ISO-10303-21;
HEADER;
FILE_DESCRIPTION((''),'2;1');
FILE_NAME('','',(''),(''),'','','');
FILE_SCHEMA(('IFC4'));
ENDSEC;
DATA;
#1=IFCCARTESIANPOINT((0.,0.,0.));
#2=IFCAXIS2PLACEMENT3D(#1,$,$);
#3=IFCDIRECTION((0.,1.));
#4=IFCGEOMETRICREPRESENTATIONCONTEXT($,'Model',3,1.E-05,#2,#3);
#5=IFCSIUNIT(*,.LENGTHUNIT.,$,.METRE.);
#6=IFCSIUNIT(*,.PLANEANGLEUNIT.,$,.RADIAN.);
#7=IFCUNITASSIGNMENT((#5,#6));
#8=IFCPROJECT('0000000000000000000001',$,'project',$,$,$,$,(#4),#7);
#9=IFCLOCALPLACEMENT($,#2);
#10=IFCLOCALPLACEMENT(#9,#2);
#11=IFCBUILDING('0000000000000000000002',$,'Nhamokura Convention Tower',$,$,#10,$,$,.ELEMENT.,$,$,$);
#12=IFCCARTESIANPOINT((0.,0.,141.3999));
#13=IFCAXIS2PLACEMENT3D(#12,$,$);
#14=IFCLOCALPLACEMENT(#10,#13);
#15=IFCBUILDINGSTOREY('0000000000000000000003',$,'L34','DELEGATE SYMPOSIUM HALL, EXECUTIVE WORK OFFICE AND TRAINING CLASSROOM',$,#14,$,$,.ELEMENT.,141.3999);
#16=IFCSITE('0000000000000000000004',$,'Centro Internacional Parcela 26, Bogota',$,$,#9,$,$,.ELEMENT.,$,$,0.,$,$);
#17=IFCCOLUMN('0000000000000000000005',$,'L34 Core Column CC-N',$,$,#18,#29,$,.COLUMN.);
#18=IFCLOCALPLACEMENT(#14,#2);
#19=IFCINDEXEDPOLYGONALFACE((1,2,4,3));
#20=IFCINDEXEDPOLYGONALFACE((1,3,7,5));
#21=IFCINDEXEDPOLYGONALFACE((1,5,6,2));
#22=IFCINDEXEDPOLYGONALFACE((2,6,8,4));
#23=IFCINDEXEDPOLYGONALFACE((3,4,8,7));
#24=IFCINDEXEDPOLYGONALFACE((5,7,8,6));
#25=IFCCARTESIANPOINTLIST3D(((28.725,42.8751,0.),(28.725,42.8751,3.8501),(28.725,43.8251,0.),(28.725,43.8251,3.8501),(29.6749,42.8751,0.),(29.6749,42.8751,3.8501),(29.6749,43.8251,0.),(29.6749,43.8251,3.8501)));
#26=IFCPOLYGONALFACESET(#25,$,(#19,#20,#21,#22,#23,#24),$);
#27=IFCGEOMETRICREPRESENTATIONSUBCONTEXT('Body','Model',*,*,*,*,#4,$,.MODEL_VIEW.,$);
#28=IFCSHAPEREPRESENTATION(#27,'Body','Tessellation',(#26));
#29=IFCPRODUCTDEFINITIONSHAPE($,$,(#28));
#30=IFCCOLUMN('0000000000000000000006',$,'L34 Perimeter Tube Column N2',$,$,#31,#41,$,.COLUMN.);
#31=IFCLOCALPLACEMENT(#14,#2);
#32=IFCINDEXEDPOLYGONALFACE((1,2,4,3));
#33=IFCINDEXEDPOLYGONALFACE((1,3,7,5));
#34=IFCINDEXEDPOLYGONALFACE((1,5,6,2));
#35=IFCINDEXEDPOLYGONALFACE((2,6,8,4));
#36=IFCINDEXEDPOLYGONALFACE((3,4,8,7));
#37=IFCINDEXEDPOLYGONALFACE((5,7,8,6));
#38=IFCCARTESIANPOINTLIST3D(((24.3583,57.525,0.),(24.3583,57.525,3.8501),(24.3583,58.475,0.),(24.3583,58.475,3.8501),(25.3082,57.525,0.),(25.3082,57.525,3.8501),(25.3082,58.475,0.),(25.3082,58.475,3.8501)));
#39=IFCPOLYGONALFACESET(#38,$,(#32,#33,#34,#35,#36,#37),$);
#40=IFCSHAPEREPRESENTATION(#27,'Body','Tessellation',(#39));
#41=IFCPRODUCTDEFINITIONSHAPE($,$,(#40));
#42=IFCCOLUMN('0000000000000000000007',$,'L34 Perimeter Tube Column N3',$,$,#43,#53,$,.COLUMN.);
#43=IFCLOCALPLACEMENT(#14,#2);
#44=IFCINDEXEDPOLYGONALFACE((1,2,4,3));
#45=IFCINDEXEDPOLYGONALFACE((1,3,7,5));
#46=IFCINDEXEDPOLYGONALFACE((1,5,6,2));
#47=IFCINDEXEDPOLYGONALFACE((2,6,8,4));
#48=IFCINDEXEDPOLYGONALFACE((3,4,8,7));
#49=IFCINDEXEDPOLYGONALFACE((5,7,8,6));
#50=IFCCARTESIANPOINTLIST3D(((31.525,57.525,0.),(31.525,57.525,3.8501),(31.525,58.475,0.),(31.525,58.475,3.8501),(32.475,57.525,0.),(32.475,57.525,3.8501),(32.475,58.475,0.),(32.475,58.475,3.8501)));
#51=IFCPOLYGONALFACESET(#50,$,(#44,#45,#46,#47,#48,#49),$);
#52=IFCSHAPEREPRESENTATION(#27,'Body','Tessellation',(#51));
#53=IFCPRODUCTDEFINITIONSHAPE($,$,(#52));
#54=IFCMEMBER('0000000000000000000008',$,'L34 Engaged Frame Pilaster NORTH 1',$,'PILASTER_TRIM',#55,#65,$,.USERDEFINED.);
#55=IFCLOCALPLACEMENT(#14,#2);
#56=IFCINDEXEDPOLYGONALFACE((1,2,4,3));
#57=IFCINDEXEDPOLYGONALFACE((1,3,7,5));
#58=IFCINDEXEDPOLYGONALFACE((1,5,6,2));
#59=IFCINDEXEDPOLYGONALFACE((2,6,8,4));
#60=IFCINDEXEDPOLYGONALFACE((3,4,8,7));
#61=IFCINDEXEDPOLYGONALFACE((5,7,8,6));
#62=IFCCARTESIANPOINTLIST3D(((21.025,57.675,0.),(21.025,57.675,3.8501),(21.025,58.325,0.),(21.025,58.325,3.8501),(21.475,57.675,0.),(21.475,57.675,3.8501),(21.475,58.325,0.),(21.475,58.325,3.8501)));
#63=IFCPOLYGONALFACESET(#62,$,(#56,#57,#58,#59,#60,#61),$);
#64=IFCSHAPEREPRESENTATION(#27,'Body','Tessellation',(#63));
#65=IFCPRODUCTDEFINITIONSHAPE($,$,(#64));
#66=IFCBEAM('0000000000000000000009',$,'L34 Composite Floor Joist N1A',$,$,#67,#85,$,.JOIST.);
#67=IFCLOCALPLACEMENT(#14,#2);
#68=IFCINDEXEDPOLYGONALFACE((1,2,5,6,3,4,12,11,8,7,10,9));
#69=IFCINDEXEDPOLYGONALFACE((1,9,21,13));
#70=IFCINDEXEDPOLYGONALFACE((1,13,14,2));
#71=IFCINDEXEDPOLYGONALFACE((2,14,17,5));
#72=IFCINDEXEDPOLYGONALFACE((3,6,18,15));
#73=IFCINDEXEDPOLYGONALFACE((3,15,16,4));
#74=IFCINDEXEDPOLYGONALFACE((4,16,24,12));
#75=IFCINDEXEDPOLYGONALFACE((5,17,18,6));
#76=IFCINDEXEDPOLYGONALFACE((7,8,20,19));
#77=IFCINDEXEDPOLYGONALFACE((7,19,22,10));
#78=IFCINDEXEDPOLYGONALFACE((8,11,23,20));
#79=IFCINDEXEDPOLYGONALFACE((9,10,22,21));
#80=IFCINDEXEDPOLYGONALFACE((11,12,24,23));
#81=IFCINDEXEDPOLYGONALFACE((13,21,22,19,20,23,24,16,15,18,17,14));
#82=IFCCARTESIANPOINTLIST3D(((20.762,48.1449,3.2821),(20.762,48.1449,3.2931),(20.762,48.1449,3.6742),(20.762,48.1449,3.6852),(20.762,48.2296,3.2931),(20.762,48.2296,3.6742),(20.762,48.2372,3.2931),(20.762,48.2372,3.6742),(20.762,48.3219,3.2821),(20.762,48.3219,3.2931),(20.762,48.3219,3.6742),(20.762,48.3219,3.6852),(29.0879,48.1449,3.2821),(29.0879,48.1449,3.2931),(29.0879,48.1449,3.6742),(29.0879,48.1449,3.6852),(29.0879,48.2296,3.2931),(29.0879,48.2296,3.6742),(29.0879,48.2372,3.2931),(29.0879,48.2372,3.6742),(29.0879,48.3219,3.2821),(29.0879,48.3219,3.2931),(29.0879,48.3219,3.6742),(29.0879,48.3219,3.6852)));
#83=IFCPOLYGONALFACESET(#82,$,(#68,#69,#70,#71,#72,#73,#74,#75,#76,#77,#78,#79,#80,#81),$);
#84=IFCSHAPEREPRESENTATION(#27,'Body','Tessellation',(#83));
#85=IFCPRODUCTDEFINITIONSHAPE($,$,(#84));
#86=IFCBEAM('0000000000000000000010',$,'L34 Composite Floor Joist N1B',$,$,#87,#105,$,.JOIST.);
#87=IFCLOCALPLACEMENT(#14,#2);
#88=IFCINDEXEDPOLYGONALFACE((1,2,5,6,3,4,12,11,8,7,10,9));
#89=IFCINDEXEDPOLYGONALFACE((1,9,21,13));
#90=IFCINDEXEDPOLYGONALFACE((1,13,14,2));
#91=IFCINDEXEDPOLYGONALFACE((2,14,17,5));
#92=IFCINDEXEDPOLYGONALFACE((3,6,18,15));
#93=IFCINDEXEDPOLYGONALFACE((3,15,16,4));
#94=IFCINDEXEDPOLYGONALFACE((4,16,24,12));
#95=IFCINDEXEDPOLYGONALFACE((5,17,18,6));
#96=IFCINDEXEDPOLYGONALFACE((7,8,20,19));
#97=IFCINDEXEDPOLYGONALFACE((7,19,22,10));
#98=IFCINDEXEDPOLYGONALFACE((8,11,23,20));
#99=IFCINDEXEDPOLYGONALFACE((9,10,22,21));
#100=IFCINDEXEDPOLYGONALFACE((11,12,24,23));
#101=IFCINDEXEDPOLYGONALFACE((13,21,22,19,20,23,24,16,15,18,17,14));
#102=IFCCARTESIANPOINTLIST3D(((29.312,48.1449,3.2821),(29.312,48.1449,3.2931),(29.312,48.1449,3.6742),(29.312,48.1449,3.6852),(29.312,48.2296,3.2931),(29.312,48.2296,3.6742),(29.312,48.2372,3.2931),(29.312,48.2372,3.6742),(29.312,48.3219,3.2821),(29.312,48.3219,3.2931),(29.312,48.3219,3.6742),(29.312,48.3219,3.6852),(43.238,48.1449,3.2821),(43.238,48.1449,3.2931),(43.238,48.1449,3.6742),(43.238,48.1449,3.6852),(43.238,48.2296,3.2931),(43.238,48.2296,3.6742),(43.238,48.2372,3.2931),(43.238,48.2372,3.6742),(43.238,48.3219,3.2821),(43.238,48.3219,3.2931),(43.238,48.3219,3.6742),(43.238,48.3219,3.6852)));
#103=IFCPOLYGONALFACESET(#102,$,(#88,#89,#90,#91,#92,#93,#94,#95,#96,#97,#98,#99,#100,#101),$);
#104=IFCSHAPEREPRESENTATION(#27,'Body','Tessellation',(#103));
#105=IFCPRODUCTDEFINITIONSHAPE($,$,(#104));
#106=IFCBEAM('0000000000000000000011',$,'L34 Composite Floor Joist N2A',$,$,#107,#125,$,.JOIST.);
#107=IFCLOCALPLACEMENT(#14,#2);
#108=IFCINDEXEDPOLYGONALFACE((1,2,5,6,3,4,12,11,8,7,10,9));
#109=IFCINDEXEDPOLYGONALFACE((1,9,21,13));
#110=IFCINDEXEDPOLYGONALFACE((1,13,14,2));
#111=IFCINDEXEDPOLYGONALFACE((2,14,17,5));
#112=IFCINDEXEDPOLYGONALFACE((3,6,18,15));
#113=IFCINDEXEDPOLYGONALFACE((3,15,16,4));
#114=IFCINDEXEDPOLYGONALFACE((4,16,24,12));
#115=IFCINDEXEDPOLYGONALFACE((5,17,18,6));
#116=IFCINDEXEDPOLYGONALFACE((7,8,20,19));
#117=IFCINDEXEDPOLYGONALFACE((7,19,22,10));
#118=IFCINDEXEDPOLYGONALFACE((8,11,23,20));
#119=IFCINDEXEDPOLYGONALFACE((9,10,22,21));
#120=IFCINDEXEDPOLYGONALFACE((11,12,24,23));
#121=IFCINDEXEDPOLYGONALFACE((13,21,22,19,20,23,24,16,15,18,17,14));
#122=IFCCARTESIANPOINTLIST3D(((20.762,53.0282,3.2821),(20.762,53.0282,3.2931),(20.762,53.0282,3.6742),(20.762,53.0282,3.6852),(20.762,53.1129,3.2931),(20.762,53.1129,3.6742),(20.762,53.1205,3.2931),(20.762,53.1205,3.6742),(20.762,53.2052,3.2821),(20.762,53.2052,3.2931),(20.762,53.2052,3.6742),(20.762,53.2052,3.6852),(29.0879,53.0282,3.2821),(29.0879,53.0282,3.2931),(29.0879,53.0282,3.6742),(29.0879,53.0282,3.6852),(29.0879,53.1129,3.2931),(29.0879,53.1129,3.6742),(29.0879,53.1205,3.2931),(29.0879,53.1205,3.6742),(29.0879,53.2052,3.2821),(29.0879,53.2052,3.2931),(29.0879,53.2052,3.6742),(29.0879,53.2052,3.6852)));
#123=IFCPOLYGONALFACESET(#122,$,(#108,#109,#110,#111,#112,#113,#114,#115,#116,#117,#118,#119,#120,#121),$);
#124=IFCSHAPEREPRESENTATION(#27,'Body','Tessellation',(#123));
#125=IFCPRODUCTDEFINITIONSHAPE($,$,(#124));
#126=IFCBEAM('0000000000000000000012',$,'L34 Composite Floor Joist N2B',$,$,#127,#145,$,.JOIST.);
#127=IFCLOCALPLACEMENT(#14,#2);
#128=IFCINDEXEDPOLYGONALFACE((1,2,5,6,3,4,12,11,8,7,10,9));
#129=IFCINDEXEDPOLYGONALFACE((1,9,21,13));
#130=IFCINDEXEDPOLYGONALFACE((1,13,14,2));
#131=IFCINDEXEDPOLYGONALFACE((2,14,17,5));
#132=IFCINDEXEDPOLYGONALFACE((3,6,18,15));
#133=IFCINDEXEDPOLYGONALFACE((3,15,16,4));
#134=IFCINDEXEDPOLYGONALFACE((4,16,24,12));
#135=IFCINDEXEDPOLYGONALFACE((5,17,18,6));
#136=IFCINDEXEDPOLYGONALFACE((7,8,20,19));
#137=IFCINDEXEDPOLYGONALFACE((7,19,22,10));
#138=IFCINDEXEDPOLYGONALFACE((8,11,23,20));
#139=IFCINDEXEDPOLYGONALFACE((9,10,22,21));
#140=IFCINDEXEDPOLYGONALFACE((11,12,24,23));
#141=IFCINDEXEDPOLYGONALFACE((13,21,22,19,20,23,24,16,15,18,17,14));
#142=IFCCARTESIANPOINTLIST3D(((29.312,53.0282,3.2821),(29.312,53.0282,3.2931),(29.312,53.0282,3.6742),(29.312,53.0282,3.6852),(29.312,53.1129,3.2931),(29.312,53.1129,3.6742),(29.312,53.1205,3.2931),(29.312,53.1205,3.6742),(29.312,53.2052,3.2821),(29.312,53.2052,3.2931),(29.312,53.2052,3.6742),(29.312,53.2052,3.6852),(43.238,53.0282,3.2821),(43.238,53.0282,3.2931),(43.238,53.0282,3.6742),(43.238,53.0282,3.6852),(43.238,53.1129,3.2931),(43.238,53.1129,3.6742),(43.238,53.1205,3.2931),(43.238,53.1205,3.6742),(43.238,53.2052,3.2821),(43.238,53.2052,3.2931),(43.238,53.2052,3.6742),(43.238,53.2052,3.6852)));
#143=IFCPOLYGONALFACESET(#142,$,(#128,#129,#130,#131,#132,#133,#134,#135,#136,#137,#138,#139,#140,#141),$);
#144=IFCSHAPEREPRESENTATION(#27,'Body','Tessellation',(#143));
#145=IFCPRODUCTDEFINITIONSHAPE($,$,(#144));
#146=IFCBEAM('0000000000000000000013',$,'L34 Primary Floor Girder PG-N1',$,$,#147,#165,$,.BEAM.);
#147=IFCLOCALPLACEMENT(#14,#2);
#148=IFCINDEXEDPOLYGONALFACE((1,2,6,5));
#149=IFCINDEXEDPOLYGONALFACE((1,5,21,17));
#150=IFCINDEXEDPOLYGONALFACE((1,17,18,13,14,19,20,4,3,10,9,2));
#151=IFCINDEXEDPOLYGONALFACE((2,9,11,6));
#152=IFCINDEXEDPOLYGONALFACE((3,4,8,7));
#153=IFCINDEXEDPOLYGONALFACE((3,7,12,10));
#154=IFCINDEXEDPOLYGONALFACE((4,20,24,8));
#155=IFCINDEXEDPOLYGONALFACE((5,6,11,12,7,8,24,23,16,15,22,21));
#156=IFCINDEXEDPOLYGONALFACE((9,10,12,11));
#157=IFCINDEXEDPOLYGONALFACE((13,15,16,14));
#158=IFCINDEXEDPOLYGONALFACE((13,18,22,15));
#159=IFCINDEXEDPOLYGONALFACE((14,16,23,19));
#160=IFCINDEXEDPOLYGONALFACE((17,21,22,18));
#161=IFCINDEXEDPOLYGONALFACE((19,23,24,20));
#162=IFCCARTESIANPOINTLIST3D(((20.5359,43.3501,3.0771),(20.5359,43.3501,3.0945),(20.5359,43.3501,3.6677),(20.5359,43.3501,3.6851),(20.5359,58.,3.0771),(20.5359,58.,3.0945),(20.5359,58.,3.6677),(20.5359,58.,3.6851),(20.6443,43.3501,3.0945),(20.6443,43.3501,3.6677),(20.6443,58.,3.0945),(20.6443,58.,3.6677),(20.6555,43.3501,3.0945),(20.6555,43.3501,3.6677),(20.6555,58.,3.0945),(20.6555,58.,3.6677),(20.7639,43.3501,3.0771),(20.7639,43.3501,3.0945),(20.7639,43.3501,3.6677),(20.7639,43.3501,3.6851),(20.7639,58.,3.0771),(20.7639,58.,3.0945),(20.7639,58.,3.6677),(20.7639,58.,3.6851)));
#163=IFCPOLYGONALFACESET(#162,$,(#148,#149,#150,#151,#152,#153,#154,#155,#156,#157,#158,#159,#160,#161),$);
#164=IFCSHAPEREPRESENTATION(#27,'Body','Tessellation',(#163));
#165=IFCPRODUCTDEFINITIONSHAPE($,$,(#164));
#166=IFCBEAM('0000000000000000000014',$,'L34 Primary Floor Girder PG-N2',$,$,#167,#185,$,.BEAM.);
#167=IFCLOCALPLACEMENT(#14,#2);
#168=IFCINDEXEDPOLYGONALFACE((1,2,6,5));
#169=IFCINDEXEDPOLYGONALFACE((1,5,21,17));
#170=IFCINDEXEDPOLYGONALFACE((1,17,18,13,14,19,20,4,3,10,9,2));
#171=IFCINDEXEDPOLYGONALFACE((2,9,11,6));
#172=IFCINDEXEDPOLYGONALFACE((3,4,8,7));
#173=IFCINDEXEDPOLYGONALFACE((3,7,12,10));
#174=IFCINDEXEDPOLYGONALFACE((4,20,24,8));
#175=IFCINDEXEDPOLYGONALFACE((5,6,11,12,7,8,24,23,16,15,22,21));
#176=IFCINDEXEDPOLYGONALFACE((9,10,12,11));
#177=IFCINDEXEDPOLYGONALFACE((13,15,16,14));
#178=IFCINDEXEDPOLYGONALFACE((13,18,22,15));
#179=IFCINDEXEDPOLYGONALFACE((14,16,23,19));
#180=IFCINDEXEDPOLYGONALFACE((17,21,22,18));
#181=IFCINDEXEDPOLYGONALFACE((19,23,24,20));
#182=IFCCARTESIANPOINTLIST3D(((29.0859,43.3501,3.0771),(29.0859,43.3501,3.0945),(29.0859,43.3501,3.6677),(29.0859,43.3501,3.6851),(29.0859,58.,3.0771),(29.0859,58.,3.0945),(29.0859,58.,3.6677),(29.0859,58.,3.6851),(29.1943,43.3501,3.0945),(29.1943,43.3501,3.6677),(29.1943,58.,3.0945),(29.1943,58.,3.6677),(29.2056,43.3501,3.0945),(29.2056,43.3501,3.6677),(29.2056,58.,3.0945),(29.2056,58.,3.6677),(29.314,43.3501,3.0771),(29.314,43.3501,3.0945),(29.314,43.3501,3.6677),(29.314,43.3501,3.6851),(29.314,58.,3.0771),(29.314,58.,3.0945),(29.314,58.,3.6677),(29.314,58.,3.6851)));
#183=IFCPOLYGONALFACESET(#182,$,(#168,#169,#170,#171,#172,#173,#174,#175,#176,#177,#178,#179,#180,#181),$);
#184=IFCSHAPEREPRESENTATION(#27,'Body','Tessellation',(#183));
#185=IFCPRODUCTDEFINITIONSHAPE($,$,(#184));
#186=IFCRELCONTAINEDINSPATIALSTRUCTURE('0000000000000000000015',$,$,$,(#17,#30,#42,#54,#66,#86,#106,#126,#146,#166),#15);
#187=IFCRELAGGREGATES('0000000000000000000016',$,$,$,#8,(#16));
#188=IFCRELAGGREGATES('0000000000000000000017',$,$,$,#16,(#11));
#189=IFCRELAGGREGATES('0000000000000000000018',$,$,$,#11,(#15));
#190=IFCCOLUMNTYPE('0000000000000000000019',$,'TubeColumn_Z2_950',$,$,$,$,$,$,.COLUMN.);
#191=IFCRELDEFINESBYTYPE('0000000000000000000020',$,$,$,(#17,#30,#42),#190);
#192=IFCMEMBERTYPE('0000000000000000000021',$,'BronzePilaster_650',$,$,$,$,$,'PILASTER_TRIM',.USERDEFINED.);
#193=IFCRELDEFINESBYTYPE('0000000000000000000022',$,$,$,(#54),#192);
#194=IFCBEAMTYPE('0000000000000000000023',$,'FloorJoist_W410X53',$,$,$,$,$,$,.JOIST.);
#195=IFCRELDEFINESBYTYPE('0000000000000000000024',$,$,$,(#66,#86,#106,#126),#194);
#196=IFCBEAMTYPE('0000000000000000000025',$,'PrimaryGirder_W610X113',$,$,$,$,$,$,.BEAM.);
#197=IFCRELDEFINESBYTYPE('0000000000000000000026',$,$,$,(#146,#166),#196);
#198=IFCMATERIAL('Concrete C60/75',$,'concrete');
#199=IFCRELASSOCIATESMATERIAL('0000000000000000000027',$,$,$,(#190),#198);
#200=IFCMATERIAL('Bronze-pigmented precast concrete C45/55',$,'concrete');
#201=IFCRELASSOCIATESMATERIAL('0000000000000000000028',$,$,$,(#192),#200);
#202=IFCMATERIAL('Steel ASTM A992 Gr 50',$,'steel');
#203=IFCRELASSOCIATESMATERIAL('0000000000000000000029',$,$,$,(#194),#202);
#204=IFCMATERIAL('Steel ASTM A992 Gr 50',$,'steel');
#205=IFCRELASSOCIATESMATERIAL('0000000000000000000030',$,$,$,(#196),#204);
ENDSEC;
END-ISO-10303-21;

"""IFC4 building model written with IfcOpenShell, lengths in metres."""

from ifc_helpers import new_model, si_unit, direction, frame, origin, origin_2d, place, context, subcontext, project, spatial, rectangle, i_section, extrude, material, material_profile, profile_set, type_object, element, save


model = new_model("IFC4")

# Units and contexts
model_context = context("Model", 3, precision=1e-05, world=origin(), true_north=direction((0.0, 1.0)))
body_context = subcontext(model_context, "Body", "Model", "MODEL_VIEW")
ifc_project = project(units=[si_unit("LENGTHUNIT", "METRE"), si_unit("PLANEANGLEUNIT", "RADIAN")], contexts=[model_context])

# Site, building, storey
site_placement = place(None, origin())
site = spatial("IfcSite", under=ifc_project, at=site_placement, Name="Centro Internacional Parcela 26, Bogota", CompositionType="ELEMENT", RefElevation=0.0)
building_placement = place(site_placement, origin())
building = spatial("IfcBuilding", under=site, at=building_placement, Name="Nhamokura Convention Tower", CompositionType="ELEMENT")
storey_placement = place(building_placement, frame((0.0, 0.0, 141.3999)))
storey = spatial("IfcBuildingStorey", under=building, at=storey_placement, Name="L34", Description="DELEGATE SYMPOSIUM HALL, EXECUTIVE WORK OFFICE AND TRAINING CLASSROOM", CompositionType="ELEMENT", Elevation=141.3999)

# Columns
ifc_material_1 = material(Name="Concrete C60/75", Category="concrete")
ifc_material_profile_1 = material_profile(ifc_material_1, rectangle(XDim=0.95, YDim=0.95, at=origin_2d()))
ifc_profile_set_1 = profile_set([ifc_material_profile_1], Name="Concrete C60/75")
column_type = type_object("IfcColumnType", Name="TubeColumn_Z2_950", PredefinedType="COLUMN", material=ifc_profile_set_1)
for number, where, z_axis, x_axis, name in (
    (1, (29.2, 43.3501, 0.0), (0.0, 0.0, 1.0), (1.0, 0.0, 0.0), "L34 Core Column CC-N"),
    (2, (24.8333, 58.0, 0.0), (0.0, 0.0, 1.0), (1.0, 0.0, 0.0), "L34 Perimeter Tube Column N2"),
    (3, (32.0, 58.0, 0.0), (0.0, 0.0, 1.0), (1.0, 0.0, 0.0), "L34 Perimeter Tube Column N3"),
):
    element("IfcColumn", number, at=place(storey_placement, frame(where, z_axis=z_axis, x_axis=x_axis)), inside=storey, type_object=column_type, Name=name, PredefinedType="COLUMN", context=body_context, shape_type="SweptSolid", body=[
        extrude(rectangle(XDim=0.95, YDim=0.95, at=origin_2d()), origin(), (0.0, 0.0, 1.0), 3.8501),
    ])

# Member
ifc_material_2 = material(Name="Bronze-pigmented precast concrete C45/55", Category="concrete")
ifc_material_profile_2 = material_profile(ifc_material_2, rectangle(XDim=0.45, YDim=0.6499, at=origin_2d()))
ifc_profile_set_2 = profile_set([ifc_material_profile_2], Name="Bronze-pigmented precast concrete C45/55")
member_type = type_object("IfcMemberType", Name="BronzePilaster_650", ElementType="PILASTER_TRIM", PredefinedType="USERDEFINED", material=ifc_profile_set_2)
member_placement = place(storey_placement, frame((21.25, 58.0, 0.0), z_axis=(0.0, 0.0, 1.0), x_axis=(1.0, 0.0, 0.0)))
element("IfcMember", 4, at=member_placement, inside=storey, type_object=member_type, Name="L34 Engaged Frame Pilaster NORTH 1", ObjectType="PILASTER_TRIM", PredefinedType="USERDEFINED", context=body_context, shape_type="SweptSolid", body=[
    extrude(rectangle(XDim=0.45, YDim=0.6499, at=origin_2d()), origin(), (0.0, 0.0, 1.0), 3.8501),
])

# Beams
ifc_material_3 = material(Name="Steel ASTM A992 Gr 50", Category="steel")
ifc_material_profile_3 = material_profile(ifc_material_3, i_section(OverallWidth=0.177, OverallDepth=0.4031, WebThickness=0.0076, FlangeThickness=0.011, at=origin_2d()))
ifc_profile_set_3 = profile_set([ifc_material_profile_3], Name="Steel ASTM A992 Gr 50")
beam_type_1 = type_object("IfcBeamType", Name="FloorJoist_W410X53", PredefinedType="JOIST", material=ifc_profile_set_3)
beam_1_placement = place(storey_placement, frame((20.762, 48.2334, 3.4836), z_axis=(1.0, 0.0, 0.0), x_axis=(0.0, 1.0, 0.0)))
element("IfcBeam", 5, at=beam_1_placement, inside=storey, type_object=beam_type_1, Name="L34 Composite Floor Joist N1A", PredefinedType="JOIST", context=body_context, shape_type="SweptSolid", body=[
    extrude(i_section(OverallWidth=0.177, OverallDepth=0.4031, WebThickness=0.0076, FlangeThickness=0.011, at=origin_2d()), origin(), (0.0, 0.0, 1.0), 8.3259),
])
beam_2_placement = place(storey_placement, frame((29.312, 48.2334, 3.4836), z_axis=(1.0, 0.0, 0.0), x_axis=(0.0, 1.0, 0.0)))
element("IfcBeam", 6, at=beam_2_placement, inside=storey, type_object=beam_type_1, Name="L34 Composite Floor Joist N1B", PredefinedType="JOIST", context=body_context, shape_type="SweptSolid", body=[
    extrude(i_section(OverallWidth=0.177, OverallDepth=0.4031, WebThickness=0.0076, FlangeThickness=0.011, at=origin_2d()), origin(), (0.0, 0.0, 1.0), 13.926),
])
beam_3_placement = place(storey_placement, frame((20.762, 53.1167, 3.4836), z_axis=(1.0, 0.0, 0.0), x_axis=(0.0, 1.0, 0.0)))
element("IfcBeam", 7, at=beam_3_placement, inside=storey, type_object=beam_type_1, Name="L34 Composite Floor Joist N2A", PredefinedType="JOIST", context=body_context, shape_type="SweptSolid", body=[
    extrude(i_section(OverallWidth=0.177, OverallDepth=0.4031, WebThickness=0.0076, FlangeThickness=0.011, at=origin_2d()), origin(), (0.0, 0.0, 1.0), 8.3259),
])
beam_4_placement = place(storey_placement, frame((29.312, 53.1167, 3.4836), z_axis=(1.0, 0.0, 0.0), x_axis=(0.0, 1.0, 0.0)))
element("IfcBeam", 8, at=beam_4_placement, inside=storey, type_object=beam_type_1, Name="L34 Composite Floor Joist N2B", PredefinedType="JOIST", context=body_context, shape_type="SweptSolid", body=[
    extrude(i_section(OverallWidth=0.177, OverallDepth=0.4031, WebThickness=0.0076, FlangeThickness=0.011, at=origin_2d()), origin(), (0.0, 0.0, 1.0), 13.926),
])
ifc_material_4 = material(Name="Steel ASTM A992 Gr 50", Category="steel")
ifc_material_profile_4 = material_profile(ifc_material_4, i_section(OverallWidth=0.228, OverallDepth=0.6079, WebThickness=0.0112, FlangeThickness=0.0173, at=origin_2d()))
ifc_profile_set_4 = profile_set([ifc_material_profile_4], Name="Steel ASTM A992 Gr 50")
beam_type_2 = type_object("IfcBeamType", Name="PrimaryGirder_W610X113", PredefinedType="BEAM", material=ifc_profile_set_4)
for number, where, z_axis, x_axis, name in (
    (9, (20.6499, 43.3501, 3.3811), (0.0, 1.0, 0.0), (-1.0, 0.0, 0.0), "L34 Primary Floor Girder PG-N1"),
    (10, (29.2, 43.3501, 3.3811), (0.0, 1.0, 0.0), (-1.0, 0.0, 0.0), "L34 Primary Floor Girder PG-N2"),
):
    element("IfcBeam", number, at=place(storey_placement, frame(where, z_axis=z_axis, x_axis=x_axis)), inside=storey, type_object=beam_type_2, Name=name, PredefinedType="BEAM", context=body_context, shape_type="SweptSolid", body=[
        extrude(i_section(OverallWidth=0.228, OverallDepth=0.6079, WebThickness=0.0112, FlangeThickness=0.0173, at=origin_2d()), origin(), (0.0, 0.0, 1.0), 14.6499),
    ])

save(model, "model.ifc")
